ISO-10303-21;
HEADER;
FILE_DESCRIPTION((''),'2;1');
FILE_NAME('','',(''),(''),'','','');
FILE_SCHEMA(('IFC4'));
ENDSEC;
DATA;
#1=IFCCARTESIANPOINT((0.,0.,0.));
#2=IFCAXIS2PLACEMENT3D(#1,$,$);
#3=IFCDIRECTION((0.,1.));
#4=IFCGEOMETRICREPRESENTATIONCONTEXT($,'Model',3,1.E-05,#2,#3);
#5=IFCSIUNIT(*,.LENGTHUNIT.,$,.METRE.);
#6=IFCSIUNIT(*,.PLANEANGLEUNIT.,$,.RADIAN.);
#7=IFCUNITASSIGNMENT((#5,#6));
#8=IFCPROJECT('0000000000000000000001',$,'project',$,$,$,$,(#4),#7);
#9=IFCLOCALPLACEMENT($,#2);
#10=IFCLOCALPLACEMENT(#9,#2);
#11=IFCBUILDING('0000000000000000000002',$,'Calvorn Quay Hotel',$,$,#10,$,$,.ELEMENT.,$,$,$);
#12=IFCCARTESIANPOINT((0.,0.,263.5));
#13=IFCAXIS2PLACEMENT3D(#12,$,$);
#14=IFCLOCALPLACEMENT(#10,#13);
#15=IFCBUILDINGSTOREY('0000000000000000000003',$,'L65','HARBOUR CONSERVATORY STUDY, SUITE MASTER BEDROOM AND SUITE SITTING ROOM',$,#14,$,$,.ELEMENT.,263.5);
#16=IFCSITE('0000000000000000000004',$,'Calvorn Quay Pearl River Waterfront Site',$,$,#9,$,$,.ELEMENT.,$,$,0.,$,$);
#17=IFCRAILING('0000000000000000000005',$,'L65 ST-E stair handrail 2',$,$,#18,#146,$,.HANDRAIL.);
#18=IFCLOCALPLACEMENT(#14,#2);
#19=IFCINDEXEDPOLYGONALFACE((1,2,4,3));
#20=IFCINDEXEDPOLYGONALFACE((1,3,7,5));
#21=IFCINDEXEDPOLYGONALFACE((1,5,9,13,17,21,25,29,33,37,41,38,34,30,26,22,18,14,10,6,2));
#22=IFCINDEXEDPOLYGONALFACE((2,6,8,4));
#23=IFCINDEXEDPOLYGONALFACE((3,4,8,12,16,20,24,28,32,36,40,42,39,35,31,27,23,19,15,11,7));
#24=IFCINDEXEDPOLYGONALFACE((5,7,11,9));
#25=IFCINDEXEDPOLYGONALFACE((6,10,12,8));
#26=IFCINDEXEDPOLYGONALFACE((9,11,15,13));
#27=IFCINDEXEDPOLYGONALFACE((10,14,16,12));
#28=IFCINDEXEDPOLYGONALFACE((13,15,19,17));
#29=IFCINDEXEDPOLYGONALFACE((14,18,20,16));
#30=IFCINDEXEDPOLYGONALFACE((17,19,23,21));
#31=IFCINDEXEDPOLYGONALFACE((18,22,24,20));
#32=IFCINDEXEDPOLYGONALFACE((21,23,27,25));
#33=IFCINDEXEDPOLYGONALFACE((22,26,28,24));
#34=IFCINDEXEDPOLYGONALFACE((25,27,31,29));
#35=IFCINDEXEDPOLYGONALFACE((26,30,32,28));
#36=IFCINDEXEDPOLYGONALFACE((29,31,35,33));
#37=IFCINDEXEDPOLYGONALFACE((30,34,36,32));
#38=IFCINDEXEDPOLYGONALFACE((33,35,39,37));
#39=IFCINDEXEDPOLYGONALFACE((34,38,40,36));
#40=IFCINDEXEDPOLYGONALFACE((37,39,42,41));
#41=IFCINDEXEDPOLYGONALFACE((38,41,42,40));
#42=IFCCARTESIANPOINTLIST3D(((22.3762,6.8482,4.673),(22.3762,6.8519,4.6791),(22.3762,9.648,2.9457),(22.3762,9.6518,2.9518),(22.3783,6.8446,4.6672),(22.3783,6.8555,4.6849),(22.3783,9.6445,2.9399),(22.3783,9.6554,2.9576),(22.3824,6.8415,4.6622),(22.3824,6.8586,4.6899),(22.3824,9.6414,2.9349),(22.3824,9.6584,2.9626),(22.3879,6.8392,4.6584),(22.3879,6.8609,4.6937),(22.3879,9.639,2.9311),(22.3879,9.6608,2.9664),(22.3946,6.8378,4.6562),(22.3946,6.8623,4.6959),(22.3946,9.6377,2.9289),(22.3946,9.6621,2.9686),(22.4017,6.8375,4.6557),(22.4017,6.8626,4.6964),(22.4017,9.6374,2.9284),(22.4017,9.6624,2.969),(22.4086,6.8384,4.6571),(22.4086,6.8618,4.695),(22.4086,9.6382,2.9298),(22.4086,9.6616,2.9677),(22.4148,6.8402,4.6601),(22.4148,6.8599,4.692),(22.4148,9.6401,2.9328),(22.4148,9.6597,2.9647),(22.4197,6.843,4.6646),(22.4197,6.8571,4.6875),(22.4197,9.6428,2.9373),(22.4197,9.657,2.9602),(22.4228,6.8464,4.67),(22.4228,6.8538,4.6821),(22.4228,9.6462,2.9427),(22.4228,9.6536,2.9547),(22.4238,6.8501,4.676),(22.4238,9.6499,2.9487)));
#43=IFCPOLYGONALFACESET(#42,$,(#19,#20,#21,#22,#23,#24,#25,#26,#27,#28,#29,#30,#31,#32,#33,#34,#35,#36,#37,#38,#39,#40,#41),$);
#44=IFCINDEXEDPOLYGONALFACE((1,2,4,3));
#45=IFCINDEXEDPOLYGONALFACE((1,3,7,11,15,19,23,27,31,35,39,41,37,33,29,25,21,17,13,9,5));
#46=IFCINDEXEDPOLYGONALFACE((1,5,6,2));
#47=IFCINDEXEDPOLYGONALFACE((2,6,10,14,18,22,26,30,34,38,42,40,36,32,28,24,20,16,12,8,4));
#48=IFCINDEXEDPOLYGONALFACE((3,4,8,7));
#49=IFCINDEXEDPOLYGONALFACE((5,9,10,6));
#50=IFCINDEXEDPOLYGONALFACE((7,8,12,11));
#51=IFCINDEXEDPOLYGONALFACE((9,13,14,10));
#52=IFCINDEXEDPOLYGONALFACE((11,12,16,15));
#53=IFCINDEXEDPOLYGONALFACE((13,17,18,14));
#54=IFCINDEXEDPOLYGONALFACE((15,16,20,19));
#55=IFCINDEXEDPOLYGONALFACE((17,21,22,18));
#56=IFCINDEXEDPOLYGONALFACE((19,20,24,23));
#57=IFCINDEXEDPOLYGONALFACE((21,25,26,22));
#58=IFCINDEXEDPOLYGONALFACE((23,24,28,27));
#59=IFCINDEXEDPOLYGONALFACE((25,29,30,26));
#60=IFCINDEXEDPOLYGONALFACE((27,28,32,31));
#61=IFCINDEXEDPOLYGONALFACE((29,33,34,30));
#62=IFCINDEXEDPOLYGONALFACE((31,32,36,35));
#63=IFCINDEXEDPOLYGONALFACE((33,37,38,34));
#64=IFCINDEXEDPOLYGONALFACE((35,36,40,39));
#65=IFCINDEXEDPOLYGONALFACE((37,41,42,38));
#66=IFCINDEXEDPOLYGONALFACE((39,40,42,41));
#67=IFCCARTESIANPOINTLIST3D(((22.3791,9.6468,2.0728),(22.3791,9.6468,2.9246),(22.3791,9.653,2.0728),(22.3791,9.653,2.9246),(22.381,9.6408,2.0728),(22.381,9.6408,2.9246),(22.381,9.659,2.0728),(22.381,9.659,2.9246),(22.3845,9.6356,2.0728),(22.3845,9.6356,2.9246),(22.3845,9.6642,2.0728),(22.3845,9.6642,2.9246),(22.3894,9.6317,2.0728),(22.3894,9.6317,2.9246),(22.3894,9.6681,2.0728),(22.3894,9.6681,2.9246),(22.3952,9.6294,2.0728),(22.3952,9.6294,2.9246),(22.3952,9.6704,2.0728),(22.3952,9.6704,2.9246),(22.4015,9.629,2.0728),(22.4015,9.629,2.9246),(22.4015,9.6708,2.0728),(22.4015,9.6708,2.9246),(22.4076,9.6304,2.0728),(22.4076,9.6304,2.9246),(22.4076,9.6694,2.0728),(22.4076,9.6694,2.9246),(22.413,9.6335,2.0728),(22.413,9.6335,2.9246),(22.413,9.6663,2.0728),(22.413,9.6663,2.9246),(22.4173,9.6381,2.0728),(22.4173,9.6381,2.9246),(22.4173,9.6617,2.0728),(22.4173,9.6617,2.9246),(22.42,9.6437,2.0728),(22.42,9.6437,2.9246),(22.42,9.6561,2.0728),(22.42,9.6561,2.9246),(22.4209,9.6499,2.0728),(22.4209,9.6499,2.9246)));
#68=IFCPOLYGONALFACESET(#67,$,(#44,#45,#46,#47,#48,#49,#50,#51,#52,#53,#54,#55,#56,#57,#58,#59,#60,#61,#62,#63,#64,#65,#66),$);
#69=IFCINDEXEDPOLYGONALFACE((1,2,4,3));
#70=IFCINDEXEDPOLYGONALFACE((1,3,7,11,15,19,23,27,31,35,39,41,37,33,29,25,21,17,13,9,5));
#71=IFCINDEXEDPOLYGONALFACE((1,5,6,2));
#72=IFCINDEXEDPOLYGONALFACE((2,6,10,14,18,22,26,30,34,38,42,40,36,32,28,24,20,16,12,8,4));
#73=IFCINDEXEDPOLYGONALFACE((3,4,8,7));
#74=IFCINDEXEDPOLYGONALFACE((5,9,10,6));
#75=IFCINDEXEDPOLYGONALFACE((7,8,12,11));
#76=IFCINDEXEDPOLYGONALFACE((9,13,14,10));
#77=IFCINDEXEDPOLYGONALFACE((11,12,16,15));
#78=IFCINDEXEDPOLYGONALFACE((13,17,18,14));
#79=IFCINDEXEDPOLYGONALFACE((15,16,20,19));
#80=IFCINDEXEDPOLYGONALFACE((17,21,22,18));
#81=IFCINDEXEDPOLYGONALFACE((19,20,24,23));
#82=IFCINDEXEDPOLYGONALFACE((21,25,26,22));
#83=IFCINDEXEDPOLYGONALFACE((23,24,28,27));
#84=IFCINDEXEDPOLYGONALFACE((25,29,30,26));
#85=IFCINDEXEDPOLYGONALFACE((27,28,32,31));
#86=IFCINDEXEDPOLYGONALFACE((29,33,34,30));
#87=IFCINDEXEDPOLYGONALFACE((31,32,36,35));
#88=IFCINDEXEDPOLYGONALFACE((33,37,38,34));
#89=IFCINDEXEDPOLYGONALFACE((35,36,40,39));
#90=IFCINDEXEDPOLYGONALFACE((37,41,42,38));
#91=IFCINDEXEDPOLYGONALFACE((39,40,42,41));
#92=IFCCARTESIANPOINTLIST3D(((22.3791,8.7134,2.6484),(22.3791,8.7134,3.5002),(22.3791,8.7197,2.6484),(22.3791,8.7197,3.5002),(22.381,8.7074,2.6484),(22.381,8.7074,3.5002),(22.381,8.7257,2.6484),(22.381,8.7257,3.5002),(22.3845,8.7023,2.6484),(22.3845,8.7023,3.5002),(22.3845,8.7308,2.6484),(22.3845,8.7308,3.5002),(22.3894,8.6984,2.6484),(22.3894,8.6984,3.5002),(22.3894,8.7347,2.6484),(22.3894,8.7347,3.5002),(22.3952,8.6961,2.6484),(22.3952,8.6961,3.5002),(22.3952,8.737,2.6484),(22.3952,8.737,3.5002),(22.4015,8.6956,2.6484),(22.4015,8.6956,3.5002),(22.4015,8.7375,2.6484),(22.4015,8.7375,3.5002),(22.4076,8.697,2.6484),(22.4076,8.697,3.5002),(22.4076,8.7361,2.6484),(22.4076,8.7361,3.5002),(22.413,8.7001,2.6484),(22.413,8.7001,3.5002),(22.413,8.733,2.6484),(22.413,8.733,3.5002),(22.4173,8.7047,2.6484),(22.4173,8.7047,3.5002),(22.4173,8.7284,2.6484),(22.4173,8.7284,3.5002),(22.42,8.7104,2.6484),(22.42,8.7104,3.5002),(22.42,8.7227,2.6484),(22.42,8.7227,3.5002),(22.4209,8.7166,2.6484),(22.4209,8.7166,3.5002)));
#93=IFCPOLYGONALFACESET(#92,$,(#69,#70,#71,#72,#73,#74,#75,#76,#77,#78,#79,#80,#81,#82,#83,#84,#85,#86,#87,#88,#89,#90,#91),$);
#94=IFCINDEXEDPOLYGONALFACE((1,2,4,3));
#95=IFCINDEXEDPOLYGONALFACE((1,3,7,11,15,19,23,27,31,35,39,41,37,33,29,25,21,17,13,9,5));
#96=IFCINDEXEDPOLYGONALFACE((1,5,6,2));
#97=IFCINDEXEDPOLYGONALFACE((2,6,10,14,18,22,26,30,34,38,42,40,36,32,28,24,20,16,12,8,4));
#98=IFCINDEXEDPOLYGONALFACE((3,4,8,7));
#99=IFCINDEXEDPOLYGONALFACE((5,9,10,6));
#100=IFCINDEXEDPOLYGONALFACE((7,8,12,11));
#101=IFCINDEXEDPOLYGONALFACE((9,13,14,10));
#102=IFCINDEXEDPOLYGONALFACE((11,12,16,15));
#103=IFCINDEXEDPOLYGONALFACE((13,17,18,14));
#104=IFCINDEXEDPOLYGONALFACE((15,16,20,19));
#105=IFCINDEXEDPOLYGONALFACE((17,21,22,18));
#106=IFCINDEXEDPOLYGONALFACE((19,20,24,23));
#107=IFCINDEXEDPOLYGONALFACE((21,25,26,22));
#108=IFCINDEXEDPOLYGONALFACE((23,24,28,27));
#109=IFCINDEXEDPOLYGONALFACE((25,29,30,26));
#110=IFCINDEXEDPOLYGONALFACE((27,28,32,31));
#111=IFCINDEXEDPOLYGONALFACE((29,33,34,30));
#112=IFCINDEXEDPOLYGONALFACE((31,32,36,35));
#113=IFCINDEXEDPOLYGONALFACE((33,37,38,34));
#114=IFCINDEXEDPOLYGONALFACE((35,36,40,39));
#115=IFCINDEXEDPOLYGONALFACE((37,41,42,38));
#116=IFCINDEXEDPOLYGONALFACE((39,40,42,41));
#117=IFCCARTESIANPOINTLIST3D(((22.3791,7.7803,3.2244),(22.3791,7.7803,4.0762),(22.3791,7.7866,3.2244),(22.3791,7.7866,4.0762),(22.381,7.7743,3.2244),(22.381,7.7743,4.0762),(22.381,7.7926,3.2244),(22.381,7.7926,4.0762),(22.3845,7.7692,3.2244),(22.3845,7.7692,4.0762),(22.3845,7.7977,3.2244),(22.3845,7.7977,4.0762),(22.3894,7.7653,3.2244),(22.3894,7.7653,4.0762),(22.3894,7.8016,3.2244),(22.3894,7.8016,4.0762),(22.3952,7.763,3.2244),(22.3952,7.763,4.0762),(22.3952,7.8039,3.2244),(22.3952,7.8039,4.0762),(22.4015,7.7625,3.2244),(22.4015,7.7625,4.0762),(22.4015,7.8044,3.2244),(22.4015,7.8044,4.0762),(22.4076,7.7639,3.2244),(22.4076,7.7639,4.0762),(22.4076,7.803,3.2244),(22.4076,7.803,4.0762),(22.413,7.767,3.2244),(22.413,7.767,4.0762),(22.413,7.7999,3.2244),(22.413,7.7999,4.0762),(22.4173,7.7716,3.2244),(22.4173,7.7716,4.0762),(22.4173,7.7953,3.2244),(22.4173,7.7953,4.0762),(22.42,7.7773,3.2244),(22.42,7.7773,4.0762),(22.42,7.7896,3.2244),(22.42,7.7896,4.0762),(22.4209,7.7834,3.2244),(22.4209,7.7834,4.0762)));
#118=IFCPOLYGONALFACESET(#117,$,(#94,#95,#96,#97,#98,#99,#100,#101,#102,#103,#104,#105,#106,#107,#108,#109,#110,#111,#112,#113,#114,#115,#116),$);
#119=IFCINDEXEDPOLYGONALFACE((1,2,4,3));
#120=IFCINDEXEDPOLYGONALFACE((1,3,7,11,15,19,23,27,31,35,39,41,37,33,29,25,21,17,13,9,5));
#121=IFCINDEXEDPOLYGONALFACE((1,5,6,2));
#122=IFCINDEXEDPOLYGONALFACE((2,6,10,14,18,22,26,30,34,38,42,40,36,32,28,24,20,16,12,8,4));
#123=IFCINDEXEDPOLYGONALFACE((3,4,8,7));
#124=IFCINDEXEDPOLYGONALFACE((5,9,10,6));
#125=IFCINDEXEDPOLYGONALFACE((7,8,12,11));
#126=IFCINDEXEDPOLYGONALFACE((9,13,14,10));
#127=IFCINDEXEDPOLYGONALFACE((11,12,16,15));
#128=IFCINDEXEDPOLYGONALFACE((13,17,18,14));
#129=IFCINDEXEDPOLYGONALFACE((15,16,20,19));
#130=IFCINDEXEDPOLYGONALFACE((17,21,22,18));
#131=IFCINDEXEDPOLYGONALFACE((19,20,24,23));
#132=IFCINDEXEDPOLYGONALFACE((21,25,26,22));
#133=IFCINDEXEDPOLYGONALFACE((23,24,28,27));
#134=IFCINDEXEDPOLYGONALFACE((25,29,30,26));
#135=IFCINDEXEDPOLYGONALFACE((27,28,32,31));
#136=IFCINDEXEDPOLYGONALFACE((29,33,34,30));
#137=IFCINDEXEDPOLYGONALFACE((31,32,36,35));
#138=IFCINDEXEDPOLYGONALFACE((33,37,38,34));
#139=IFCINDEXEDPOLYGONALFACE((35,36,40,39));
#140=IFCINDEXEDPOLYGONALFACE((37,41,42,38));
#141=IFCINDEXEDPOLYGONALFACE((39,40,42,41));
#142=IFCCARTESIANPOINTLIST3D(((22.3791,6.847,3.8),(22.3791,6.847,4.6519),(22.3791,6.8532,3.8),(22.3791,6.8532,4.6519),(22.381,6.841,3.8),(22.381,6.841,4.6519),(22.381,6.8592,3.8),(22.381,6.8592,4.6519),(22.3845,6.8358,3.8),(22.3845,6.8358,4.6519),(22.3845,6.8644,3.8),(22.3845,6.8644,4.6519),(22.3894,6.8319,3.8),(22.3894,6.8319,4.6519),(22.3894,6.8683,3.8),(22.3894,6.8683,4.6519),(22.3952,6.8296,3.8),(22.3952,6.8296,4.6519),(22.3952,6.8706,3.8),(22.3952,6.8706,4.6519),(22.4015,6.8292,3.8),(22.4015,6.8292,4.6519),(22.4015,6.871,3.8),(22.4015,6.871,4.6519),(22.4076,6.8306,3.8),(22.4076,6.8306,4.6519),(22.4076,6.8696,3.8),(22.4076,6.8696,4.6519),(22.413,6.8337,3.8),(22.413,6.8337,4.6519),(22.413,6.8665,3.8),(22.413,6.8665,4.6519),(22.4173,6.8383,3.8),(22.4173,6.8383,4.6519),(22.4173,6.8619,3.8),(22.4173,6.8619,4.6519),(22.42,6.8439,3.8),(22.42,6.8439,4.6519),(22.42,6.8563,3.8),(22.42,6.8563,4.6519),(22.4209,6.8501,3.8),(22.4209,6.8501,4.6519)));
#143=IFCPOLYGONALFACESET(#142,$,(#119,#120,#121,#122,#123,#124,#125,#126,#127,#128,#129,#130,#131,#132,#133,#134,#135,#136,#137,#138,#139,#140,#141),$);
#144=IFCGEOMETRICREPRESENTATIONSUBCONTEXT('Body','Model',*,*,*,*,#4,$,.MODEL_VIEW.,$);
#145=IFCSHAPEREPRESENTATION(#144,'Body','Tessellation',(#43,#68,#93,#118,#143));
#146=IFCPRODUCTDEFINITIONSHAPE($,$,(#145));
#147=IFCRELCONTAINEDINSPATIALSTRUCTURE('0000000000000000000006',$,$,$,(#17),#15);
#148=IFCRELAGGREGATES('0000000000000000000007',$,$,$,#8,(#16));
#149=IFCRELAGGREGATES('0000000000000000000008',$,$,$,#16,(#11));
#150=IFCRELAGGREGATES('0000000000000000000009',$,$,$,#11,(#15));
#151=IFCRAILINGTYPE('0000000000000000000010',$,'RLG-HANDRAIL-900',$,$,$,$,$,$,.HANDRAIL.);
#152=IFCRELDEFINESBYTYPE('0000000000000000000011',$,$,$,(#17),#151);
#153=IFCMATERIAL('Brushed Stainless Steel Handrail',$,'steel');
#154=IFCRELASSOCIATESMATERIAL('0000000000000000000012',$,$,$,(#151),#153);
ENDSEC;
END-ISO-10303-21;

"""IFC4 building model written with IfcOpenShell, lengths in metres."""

from ifc_helpers import new_model, si_unit, direction, frame, origin, origin_2d, place, context, subcontext, project, spatial, circle, extrude, material, type_object, element, save


model = new_model("IFC4")

# Units and contexts
model_context = context("Model", 3, precision=1e-05, world=origin(), true_north=direction((0.0, 1.0)))
body_context = subcontext(model_context, "Body", "Model", "MODEL_VIEW")
ifc_project = project(units=[si_unit("LENGTHUNIT", "METRE"), si_unit("PLANEANGLEUNIT", "RADIAN")], contexts=[model_context])

# Site, building, storey
site_placement = place(None, origin())
site = spatial("IfcSite", under=ifc_project, at=site_placement, Name="Calvorn Quay Pearl River Waterfront Site", CompositionType="ELEMENT", RefElevation=0.0)
building_placement = place(site_placement, origin())
building = spatial("IfcBuilding", under=site, at=building_placement, Name="Calvorn Quay Hotel", CompositionType="ELEMENT")
storey_placement = place(building_placement, frame((0.0, 0.0, 263.5)))
storey = spatial("IfcBuildingStorey", under=building, at=storey_placement, Name="L65", Description="HARBOUR CONSERVATORY STUDY, SUITE MASTER BEDROOM AND SUITE SITTING ROOM", CompositionType="ELEMENT", Elevation=263.5)

# Railing
ifc_material_1 = material(Name="Brushed Stainless Steel Handrail", Category="steel")
railing_type_1 = type_object("IfcRailingType", Name="RLG-HANDRAIL-900", PredefinedType="HANDRAIL", material=ifc_material_1)
railing_1_placement = place(storey_placement, frame((22.3999, 9.6499, 2.0728)))
element("IfcRailing", 1, at=railing_1_placement, inside=storey, type_object=railing_type_1, Name="L65 ST-E stair handrail 2", PredefinedType="HANDRAIL", context=body_context, shape_type="SweptSolid", body=[
    extrude(circle(Radius=0.0239, at=origin_2d()), frame((0.0, 0.0, 0.876), z_axis=(0.0, -0.851069, 0.525054), x_axis=(1.0, 0.0, 0.0)), (0.0, 0.0, 1.0), 3.2898),
    extrude(circle(Radius=0.021, at=origin_2d()), origin(), (0.0, 0.0, 1.0), 0.8518),
    extrude(circle(Radius=0.021, at=origin_2d()), frame((0.0, -0.9333, 0.5757)), (0.0, 0.0, 1.0), 0.8518),
    extrude(circle(Radius=0.021, at=origin_2d()), frame((0.0, -1.8665, 1.1516)), (0.0, 0.0, 1.0), 0.8518),
    extrude(circle(Radius=0.021, at=origin_2d()), frame((0.0, -2.7998, 1.7273)), (0.0, 0.0, 1.0), 0.8518),
])

save(model, "model.ifc")
